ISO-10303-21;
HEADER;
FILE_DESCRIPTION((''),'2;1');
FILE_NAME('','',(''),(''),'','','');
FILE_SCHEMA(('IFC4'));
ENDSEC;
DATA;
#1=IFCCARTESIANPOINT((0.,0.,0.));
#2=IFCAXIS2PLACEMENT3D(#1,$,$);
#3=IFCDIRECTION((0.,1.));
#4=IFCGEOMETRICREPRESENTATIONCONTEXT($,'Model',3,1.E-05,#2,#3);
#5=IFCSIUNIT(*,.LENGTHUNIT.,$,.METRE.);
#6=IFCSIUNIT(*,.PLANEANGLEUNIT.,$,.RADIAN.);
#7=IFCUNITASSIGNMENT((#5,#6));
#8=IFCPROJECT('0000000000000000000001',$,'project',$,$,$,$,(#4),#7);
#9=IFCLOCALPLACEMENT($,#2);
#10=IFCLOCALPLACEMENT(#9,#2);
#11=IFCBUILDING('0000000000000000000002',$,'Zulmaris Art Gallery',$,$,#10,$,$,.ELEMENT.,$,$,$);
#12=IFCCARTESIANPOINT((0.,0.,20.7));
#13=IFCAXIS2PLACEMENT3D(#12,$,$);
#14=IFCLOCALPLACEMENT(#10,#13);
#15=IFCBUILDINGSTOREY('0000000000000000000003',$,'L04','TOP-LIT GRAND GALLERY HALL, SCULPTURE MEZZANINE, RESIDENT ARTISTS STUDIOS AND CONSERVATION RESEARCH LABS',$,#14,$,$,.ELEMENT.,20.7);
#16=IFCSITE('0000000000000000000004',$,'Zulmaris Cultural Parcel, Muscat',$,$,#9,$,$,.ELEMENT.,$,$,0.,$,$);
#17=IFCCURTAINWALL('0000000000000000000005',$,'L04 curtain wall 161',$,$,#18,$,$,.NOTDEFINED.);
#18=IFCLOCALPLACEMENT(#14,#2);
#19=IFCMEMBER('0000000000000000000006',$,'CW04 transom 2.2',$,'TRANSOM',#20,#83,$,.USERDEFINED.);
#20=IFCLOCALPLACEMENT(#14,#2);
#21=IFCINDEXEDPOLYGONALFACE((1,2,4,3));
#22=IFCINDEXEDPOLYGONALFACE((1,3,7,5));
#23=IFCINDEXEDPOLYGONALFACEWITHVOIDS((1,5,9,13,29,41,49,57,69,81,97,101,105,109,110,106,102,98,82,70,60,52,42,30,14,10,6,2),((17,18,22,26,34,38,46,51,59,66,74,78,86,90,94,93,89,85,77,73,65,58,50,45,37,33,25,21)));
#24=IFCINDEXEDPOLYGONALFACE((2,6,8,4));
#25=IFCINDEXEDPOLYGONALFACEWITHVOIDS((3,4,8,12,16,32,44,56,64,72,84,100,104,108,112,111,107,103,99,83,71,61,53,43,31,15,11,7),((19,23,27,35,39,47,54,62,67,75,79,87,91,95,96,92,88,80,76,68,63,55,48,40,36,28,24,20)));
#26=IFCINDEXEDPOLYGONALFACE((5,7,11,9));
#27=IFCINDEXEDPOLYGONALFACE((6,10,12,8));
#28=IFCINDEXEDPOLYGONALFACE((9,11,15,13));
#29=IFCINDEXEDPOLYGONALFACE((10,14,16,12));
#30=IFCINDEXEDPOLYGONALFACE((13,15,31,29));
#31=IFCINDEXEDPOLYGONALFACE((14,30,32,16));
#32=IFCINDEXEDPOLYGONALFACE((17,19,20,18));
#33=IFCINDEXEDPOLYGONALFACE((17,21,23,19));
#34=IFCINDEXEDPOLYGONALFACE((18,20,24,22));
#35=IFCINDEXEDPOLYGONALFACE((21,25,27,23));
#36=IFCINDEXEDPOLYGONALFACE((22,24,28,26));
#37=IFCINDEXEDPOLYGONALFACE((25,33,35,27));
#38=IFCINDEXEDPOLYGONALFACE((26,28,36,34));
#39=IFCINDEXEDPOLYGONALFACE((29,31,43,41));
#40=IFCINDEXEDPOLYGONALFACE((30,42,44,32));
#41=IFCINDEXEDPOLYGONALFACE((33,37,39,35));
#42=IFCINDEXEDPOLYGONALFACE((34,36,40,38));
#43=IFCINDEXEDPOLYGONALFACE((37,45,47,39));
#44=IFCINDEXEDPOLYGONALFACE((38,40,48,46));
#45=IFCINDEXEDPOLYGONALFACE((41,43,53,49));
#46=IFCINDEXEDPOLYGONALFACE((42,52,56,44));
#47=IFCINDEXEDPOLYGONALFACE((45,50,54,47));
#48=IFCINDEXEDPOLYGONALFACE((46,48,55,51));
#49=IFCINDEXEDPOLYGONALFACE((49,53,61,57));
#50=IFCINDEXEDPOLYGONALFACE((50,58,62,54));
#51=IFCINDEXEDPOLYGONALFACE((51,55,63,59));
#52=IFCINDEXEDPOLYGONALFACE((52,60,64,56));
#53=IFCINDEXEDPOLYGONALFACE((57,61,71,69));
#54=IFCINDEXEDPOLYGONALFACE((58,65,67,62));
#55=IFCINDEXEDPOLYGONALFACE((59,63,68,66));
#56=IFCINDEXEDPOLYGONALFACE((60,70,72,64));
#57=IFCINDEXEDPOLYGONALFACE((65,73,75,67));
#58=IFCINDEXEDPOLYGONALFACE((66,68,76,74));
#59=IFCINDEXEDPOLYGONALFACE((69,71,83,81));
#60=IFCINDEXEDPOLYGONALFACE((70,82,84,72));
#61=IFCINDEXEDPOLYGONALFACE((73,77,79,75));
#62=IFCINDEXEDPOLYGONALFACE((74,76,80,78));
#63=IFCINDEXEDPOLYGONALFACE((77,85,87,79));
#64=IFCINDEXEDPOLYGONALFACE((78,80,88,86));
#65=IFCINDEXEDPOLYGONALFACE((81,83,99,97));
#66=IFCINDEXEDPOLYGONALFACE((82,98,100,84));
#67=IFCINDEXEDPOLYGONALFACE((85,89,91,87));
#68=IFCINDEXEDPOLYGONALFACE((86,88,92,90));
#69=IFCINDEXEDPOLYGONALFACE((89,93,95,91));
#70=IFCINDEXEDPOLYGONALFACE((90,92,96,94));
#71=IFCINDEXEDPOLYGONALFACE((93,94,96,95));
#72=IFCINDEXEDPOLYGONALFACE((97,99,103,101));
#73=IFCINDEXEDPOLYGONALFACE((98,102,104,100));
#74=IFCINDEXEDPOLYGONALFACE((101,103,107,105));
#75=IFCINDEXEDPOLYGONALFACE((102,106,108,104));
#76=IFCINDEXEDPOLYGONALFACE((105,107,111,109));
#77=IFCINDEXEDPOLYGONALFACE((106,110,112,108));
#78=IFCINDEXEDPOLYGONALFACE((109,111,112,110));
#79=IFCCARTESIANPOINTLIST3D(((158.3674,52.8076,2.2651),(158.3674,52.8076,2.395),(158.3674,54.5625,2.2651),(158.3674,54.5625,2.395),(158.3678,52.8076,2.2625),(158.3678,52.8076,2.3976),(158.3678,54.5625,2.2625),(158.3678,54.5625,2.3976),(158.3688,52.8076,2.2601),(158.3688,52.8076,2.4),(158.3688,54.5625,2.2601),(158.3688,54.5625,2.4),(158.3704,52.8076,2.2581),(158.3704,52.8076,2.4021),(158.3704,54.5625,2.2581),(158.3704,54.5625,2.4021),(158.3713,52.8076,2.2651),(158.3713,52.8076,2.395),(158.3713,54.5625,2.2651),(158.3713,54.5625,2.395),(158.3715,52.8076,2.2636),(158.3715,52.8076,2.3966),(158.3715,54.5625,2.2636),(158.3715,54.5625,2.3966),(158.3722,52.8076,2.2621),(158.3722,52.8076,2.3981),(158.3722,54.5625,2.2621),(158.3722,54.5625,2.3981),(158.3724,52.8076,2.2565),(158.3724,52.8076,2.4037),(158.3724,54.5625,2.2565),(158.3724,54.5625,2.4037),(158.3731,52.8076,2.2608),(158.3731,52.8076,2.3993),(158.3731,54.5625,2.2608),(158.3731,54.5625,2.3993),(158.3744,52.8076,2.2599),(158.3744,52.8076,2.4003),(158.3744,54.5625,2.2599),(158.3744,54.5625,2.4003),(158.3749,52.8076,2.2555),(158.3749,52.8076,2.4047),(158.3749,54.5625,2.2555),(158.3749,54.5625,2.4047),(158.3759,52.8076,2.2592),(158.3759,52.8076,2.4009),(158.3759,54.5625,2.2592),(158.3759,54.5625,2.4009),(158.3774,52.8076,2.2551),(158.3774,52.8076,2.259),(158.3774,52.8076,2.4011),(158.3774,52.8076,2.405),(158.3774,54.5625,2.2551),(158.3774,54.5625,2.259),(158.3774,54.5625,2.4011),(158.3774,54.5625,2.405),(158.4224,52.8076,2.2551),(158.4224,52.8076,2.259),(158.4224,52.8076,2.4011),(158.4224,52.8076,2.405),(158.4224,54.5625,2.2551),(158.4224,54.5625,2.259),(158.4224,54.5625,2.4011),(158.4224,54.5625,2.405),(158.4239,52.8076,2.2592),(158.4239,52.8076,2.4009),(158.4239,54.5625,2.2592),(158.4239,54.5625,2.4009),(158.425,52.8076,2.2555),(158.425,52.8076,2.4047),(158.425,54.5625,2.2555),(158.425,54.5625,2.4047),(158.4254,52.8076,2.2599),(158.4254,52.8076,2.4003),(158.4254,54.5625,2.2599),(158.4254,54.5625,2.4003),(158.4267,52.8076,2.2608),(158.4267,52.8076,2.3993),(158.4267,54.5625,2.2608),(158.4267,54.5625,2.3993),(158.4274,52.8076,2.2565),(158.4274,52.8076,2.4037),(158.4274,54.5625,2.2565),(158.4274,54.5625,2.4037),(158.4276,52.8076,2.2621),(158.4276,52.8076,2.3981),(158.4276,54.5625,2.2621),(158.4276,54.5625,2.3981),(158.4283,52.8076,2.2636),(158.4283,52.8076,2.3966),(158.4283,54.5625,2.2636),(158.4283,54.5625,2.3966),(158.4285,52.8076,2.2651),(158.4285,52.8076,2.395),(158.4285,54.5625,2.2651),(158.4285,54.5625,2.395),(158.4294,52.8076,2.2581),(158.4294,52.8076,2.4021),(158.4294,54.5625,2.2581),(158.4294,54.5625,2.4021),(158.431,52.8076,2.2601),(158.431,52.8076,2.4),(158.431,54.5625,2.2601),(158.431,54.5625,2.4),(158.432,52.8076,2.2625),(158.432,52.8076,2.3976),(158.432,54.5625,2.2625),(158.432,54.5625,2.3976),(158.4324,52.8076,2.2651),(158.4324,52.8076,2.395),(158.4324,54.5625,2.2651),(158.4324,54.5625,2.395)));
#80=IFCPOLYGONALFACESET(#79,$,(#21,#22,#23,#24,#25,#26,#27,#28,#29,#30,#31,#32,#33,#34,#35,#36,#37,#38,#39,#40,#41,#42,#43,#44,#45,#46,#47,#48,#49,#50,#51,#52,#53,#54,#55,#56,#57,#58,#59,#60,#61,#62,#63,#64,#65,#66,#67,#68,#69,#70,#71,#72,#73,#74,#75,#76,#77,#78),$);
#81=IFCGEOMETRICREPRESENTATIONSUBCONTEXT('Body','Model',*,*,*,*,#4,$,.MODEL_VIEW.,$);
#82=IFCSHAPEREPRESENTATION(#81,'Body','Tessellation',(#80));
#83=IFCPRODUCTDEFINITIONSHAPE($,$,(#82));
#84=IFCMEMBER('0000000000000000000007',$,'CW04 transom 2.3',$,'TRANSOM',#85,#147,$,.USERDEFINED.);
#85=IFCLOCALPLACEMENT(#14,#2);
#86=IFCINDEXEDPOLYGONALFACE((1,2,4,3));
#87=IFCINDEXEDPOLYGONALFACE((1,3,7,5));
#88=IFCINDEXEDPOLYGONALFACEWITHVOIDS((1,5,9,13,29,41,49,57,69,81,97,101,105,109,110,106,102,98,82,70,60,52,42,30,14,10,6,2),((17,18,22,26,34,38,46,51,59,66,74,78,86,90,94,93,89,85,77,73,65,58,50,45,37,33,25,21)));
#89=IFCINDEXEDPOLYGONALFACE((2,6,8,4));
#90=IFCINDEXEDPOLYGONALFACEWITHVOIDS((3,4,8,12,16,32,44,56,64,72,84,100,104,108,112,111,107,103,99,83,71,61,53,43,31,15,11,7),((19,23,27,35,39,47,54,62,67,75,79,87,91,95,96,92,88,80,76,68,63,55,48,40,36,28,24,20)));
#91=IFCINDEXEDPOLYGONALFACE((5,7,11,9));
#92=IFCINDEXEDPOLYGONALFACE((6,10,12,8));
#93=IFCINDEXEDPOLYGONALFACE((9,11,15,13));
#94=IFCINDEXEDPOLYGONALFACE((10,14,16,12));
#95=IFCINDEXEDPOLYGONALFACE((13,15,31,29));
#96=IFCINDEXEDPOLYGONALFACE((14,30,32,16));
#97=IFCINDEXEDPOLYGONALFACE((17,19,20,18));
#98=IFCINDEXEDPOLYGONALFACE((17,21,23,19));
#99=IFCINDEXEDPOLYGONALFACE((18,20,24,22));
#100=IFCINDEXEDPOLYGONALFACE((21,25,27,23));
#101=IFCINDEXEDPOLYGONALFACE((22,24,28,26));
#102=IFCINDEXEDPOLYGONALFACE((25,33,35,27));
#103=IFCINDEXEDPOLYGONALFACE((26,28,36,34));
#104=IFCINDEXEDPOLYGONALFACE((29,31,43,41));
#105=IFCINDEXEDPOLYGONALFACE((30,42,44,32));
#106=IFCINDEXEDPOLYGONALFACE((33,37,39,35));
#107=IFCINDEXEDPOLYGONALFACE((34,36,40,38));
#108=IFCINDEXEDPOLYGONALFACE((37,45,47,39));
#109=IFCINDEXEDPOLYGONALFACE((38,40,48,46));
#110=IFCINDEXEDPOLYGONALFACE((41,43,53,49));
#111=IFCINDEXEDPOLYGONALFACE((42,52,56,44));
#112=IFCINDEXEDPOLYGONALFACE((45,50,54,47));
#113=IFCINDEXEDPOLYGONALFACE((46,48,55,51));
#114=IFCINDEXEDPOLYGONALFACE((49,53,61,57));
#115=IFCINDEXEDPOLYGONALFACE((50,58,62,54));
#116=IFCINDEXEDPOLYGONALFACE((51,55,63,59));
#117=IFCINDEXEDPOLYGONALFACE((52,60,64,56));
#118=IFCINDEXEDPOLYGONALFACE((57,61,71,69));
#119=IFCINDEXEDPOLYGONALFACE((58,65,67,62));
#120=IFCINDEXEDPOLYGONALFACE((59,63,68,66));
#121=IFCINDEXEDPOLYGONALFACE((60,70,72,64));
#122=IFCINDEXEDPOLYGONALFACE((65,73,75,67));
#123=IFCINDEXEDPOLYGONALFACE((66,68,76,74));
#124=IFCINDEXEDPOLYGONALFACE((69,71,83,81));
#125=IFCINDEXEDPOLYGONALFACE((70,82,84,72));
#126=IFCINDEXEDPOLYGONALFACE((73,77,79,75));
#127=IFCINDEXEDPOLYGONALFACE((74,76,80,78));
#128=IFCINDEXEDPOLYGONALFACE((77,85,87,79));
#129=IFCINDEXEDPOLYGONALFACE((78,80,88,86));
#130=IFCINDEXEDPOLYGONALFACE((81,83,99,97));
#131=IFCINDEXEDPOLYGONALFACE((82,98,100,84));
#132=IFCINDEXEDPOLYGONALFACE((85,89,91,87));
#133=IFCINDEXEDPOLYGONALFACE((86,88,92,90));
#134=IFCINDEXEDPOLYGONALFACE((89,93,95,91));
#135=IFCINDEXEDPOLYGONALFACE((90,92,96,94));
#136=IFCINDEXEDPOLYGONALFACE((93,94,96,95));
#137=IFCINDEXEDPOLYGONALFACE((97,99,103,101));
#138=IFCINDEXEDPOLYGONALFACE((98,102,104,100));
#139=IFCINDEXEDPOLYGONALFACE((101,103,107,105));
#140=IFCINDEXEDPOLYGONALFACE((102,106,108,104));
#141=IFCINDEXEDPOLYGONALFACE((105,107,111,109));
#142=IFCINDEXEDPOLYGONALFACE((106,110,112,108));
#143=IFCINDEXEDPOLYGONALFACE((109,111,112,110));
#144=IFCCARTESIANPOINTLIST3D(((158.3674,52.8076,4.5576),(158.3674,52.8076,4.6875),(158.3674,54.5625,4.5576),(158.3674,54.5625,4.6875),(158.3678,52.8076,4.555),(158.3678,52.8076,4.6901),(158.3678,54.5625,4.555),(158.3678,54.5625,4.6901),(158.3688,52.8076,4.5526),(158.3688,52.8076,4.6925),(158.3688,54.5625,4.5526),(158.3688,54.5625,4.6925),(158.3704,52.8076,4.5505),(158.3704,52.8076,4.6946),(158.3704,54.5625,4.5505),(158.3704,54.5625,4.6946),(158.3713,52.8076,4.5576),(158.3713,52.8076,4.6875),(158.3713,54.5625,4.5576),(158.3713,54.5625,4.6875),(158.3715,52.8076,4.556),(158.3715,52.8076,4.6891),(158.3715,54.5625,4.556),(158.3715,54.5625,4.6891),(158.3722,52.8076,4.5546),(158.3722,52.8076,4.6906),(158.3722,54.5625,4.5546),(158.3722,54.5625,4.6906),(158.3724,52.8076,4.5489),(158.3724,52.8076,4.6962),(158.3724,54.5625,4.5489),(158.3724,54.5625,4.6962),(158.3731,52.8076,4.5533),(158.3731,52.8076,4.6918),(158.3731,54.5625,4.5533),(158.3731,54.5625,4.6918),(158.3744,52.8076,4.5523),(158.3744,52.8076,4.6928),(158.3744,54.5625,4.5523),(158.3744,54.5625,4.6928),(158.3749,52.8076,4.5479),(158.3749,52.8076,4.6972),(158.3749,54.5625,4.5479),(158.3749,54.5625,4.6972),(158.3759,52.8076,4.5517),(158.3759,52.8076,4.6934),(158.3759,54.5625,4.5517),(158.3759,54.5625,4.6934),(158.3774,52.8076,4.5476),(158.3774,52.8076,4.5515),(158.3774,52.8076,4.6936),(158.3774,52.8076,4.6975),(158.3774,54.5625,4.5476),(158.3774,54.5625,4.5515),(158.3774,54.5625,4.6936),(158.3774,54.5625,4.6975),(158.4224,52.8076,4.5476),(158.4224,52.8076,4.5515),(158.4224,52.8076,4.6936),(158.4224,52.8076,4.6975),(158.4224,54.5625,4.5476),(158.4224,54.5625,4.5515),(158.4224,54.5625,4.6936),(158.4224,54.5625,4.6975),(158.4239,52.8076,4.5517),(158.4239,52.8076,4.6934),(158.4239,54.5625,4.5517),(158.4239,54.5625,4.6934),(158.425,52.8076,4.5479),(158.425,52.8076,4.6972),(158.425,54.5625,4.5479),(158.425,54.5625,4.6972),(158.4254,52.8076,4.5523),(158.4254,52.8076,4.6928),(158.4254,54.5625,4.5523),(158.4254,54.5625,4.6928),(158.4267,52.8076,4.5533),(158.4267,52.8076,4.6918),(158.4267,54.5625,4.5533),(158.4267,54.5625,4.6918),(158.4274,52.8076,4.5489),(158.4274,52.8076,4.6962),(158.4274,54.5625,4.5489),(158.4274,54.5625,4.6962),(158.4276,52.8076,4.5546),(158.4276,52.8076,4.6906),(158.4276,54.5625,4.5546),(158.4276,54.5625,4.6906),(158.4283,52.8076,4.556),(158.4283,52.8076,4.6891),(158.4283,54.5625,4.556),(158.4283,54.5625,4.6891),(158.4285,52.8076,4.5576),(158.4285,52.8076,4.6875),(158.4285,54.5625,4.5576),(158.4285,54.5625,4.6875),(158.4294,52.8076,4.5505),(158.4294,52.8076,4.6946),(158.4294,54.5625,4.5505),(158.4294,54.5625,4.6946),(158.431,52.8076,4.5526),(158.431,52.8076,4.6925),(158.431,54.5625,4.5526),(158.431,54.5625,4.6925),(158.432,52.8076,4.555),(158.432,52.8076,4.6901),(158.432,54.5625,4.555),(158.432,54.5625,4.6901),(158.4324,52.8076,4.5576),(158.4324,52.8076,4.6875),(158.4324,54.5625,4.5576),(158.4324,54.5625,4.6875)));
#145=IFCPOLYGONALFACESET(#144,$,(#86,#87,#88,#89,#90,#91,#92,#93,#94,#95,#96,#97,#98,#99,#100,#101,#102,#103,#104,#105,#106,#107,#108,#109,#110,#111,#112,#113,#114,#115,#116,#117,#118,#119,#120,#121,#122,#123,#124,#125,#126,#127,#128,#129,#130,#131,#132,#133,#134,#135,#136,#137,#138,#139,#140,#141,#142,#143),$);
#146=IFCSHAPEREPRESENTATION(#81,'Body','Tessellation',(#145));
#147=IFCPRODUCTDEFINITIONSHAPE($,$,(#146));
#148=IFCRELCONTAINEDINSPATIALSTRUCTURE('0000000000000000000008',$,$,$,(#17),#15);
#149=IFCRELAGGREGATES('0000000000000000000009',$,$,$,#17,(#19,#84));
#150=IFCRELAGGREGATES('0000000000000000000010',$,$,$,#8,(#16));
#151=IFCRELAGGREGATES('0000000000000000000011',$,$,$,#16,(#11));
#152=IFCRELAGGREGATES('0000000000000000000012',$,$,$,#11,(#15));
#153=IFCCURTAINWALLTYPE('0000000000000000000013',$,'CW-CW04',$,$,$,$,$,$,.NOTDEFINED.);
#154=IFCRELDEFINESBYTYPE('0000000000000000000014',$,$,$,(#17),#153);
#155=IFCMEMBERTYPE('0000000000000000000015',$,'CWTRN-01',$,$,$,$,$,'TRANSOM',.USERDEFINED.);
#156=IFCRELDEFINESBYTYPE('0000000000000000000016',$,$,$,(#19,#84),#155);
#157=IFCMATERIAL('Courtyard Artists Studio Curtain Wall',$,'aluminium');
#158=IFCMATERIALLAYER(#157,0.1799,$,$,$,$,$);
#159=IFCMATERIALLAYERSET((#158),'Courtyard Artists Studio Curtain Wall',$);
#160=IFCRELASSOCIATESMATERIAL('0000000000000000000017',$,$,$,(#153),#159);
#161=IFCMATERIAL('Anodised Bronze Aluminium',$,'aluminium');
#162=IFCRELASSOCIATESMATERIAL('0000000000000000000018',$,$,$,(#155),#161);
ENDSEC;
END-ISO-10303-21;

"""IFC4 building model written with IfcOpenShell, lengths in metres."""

from ifc_helpers import new_model, si_unit, direction, frame, origin, origin_2d, place, context, subcontext, project, spatial, hollow_rectangle, extrude, material, layer, layer_set, material_profile, profile_set, type_object, element, aggregate, save


model = new_model("IFC4")

# Units and contexts
model_context = context("Model", 3, precision=1e-05, world=origin(), true_north=direction((0.0, 1.0)))
body_context = subcontext(model_context, "Body", "Model", "MODEL_VIEW")
ifc_project = project(units=[si_unit("LENGTHUNIT", "METRE"), si_unit("PLANEANGLEUNIT", "RADIAN")], contexts=[model_context])

# Site, building, storey
site_placement = place(None, origin())
site = spatial("IfcSite", under=ifc_project, at=site_placement, Name="Zulmaris Cultural Parcel, Muscat", CompositionType="ELEMENT", RefElevation=0.0)
building_placement = place(site_placement, origin())
building = spatial("IfcBuilding", under=site, at=building_placement, Name="Zulmaris Art Gallery", CompositionType="ELEMENT")
storey_placement = place(building_placement, frame((0.0, 0.0, 20.7)))
storey = spatial("IfcBuildingStorey", under=building, at=storey_placement, Name="L04", Description="TOP-LIT GRAND GALLERY HALL, SCULPTURE MEZZANINE, RESIDENT ARTISTS STUDIOS AND CONSERVATION RESEARCH LABS", CompositionType="ELEMENT", Elevation=20.7)

# Curtain wall, members
ifc_material_1 = material(Name="Courtyard Artists Studio Curtain Wall", Category="aluminium")
ifc_layer_1 = layer(ifc_material_1, 0.1799)
ifc_layer_set_1 = layer_set([ifc_layer_1], Name="Courtyard Artists Studio Curtain Wall")
curtain_wall_type = type_object("IfcCurtainWallType", Name="CW-CW04", PredefinedType="NOTDEFINED", material=ifc_layer_set_1)
curtain_wall_placement = place(storey_placement, origin())
curtain_wall = element("IfcCurtainWall", 1, at=curtain_wall_placement, inside=storey, type_object=curtain_wall_type, Name="L04 curtain wall 161", PredefinedType="NOTDEFINED")
ifc_material_2 = material(Name="Anodised Bronze Aluminium", Category="aluminium")
ifc_material_profile_1 = material_profile(ifc_material_2, hollow_rectangle(XDim=0.0649, YDim=0.1499, WallThickness=0.0039, InnerFilletRadius=0.0061, OuterFilletRadius=0.01, at=origin_2d()), Name="ALU 65x150x4")
ifc_profile_set_1 = profile_set([ifc_material_profile_1], Name="Anodised Bronze Aluminium")
member_type_1 = type_object("IfcMemberType", Name="CWTRN-01", ElementType="TRANSOM", PredefinedType="USERDEFINED", material=ifc_profile_set_1)
member_1_placement = place(storey_placement, frame((158.3999, 52.8076, 2.3301), z_axis=(0.0, 1.0, 0.0), x_axis=(-1.0, 0.0, 0.0)))
member_1 = element("IfcMember", 2, at=member_1_placement, type_object=member_type_1, Name="CW04 transom 2.2", ObjectType="TRANSOM", PredefinedType="USERDEFINED", context=body_context, shape_type="SweptSolid", body=[
    extrude(hollow_rectangle(XDim=0.0649, YDim=0.1499, WallThickness=0.0039, InnerFilletRadius=0.0061, OuterFilletRadius=0.01, at=origin_2d()), origin(), (0.0, 0.0, 1.0), 1.7549),
])
member_2_placement = place(storey_placement, frame((158.3999, 52.8076, 4.6226), z_axis=(0.0, 1.0, 0.0), x_axis=(-1.0, 0.0, 0.0)))
member_2 = element("IfcMember", 3, at=member_2_placement, type_object=member_type_1, Name="CW04 transom 2.3", ObjectType="TRANSOM", PredefinedType="USERDEFINED", context=body_context, shape_type="SweptSolid", body=[
    extrude(hollow_rectangle(XDim=0.0649, YDim=0.1499, WallThickness=0.0039, InnerFilletRadius=0.0061, OuterFilletRadius=0.01, at=origin_2d()), origin(), (0.0, 0.0, 1.0), 1.7549),
])
aggregate(curtain_wall, [member_1, member_2])

save(model, "model.ifc")
